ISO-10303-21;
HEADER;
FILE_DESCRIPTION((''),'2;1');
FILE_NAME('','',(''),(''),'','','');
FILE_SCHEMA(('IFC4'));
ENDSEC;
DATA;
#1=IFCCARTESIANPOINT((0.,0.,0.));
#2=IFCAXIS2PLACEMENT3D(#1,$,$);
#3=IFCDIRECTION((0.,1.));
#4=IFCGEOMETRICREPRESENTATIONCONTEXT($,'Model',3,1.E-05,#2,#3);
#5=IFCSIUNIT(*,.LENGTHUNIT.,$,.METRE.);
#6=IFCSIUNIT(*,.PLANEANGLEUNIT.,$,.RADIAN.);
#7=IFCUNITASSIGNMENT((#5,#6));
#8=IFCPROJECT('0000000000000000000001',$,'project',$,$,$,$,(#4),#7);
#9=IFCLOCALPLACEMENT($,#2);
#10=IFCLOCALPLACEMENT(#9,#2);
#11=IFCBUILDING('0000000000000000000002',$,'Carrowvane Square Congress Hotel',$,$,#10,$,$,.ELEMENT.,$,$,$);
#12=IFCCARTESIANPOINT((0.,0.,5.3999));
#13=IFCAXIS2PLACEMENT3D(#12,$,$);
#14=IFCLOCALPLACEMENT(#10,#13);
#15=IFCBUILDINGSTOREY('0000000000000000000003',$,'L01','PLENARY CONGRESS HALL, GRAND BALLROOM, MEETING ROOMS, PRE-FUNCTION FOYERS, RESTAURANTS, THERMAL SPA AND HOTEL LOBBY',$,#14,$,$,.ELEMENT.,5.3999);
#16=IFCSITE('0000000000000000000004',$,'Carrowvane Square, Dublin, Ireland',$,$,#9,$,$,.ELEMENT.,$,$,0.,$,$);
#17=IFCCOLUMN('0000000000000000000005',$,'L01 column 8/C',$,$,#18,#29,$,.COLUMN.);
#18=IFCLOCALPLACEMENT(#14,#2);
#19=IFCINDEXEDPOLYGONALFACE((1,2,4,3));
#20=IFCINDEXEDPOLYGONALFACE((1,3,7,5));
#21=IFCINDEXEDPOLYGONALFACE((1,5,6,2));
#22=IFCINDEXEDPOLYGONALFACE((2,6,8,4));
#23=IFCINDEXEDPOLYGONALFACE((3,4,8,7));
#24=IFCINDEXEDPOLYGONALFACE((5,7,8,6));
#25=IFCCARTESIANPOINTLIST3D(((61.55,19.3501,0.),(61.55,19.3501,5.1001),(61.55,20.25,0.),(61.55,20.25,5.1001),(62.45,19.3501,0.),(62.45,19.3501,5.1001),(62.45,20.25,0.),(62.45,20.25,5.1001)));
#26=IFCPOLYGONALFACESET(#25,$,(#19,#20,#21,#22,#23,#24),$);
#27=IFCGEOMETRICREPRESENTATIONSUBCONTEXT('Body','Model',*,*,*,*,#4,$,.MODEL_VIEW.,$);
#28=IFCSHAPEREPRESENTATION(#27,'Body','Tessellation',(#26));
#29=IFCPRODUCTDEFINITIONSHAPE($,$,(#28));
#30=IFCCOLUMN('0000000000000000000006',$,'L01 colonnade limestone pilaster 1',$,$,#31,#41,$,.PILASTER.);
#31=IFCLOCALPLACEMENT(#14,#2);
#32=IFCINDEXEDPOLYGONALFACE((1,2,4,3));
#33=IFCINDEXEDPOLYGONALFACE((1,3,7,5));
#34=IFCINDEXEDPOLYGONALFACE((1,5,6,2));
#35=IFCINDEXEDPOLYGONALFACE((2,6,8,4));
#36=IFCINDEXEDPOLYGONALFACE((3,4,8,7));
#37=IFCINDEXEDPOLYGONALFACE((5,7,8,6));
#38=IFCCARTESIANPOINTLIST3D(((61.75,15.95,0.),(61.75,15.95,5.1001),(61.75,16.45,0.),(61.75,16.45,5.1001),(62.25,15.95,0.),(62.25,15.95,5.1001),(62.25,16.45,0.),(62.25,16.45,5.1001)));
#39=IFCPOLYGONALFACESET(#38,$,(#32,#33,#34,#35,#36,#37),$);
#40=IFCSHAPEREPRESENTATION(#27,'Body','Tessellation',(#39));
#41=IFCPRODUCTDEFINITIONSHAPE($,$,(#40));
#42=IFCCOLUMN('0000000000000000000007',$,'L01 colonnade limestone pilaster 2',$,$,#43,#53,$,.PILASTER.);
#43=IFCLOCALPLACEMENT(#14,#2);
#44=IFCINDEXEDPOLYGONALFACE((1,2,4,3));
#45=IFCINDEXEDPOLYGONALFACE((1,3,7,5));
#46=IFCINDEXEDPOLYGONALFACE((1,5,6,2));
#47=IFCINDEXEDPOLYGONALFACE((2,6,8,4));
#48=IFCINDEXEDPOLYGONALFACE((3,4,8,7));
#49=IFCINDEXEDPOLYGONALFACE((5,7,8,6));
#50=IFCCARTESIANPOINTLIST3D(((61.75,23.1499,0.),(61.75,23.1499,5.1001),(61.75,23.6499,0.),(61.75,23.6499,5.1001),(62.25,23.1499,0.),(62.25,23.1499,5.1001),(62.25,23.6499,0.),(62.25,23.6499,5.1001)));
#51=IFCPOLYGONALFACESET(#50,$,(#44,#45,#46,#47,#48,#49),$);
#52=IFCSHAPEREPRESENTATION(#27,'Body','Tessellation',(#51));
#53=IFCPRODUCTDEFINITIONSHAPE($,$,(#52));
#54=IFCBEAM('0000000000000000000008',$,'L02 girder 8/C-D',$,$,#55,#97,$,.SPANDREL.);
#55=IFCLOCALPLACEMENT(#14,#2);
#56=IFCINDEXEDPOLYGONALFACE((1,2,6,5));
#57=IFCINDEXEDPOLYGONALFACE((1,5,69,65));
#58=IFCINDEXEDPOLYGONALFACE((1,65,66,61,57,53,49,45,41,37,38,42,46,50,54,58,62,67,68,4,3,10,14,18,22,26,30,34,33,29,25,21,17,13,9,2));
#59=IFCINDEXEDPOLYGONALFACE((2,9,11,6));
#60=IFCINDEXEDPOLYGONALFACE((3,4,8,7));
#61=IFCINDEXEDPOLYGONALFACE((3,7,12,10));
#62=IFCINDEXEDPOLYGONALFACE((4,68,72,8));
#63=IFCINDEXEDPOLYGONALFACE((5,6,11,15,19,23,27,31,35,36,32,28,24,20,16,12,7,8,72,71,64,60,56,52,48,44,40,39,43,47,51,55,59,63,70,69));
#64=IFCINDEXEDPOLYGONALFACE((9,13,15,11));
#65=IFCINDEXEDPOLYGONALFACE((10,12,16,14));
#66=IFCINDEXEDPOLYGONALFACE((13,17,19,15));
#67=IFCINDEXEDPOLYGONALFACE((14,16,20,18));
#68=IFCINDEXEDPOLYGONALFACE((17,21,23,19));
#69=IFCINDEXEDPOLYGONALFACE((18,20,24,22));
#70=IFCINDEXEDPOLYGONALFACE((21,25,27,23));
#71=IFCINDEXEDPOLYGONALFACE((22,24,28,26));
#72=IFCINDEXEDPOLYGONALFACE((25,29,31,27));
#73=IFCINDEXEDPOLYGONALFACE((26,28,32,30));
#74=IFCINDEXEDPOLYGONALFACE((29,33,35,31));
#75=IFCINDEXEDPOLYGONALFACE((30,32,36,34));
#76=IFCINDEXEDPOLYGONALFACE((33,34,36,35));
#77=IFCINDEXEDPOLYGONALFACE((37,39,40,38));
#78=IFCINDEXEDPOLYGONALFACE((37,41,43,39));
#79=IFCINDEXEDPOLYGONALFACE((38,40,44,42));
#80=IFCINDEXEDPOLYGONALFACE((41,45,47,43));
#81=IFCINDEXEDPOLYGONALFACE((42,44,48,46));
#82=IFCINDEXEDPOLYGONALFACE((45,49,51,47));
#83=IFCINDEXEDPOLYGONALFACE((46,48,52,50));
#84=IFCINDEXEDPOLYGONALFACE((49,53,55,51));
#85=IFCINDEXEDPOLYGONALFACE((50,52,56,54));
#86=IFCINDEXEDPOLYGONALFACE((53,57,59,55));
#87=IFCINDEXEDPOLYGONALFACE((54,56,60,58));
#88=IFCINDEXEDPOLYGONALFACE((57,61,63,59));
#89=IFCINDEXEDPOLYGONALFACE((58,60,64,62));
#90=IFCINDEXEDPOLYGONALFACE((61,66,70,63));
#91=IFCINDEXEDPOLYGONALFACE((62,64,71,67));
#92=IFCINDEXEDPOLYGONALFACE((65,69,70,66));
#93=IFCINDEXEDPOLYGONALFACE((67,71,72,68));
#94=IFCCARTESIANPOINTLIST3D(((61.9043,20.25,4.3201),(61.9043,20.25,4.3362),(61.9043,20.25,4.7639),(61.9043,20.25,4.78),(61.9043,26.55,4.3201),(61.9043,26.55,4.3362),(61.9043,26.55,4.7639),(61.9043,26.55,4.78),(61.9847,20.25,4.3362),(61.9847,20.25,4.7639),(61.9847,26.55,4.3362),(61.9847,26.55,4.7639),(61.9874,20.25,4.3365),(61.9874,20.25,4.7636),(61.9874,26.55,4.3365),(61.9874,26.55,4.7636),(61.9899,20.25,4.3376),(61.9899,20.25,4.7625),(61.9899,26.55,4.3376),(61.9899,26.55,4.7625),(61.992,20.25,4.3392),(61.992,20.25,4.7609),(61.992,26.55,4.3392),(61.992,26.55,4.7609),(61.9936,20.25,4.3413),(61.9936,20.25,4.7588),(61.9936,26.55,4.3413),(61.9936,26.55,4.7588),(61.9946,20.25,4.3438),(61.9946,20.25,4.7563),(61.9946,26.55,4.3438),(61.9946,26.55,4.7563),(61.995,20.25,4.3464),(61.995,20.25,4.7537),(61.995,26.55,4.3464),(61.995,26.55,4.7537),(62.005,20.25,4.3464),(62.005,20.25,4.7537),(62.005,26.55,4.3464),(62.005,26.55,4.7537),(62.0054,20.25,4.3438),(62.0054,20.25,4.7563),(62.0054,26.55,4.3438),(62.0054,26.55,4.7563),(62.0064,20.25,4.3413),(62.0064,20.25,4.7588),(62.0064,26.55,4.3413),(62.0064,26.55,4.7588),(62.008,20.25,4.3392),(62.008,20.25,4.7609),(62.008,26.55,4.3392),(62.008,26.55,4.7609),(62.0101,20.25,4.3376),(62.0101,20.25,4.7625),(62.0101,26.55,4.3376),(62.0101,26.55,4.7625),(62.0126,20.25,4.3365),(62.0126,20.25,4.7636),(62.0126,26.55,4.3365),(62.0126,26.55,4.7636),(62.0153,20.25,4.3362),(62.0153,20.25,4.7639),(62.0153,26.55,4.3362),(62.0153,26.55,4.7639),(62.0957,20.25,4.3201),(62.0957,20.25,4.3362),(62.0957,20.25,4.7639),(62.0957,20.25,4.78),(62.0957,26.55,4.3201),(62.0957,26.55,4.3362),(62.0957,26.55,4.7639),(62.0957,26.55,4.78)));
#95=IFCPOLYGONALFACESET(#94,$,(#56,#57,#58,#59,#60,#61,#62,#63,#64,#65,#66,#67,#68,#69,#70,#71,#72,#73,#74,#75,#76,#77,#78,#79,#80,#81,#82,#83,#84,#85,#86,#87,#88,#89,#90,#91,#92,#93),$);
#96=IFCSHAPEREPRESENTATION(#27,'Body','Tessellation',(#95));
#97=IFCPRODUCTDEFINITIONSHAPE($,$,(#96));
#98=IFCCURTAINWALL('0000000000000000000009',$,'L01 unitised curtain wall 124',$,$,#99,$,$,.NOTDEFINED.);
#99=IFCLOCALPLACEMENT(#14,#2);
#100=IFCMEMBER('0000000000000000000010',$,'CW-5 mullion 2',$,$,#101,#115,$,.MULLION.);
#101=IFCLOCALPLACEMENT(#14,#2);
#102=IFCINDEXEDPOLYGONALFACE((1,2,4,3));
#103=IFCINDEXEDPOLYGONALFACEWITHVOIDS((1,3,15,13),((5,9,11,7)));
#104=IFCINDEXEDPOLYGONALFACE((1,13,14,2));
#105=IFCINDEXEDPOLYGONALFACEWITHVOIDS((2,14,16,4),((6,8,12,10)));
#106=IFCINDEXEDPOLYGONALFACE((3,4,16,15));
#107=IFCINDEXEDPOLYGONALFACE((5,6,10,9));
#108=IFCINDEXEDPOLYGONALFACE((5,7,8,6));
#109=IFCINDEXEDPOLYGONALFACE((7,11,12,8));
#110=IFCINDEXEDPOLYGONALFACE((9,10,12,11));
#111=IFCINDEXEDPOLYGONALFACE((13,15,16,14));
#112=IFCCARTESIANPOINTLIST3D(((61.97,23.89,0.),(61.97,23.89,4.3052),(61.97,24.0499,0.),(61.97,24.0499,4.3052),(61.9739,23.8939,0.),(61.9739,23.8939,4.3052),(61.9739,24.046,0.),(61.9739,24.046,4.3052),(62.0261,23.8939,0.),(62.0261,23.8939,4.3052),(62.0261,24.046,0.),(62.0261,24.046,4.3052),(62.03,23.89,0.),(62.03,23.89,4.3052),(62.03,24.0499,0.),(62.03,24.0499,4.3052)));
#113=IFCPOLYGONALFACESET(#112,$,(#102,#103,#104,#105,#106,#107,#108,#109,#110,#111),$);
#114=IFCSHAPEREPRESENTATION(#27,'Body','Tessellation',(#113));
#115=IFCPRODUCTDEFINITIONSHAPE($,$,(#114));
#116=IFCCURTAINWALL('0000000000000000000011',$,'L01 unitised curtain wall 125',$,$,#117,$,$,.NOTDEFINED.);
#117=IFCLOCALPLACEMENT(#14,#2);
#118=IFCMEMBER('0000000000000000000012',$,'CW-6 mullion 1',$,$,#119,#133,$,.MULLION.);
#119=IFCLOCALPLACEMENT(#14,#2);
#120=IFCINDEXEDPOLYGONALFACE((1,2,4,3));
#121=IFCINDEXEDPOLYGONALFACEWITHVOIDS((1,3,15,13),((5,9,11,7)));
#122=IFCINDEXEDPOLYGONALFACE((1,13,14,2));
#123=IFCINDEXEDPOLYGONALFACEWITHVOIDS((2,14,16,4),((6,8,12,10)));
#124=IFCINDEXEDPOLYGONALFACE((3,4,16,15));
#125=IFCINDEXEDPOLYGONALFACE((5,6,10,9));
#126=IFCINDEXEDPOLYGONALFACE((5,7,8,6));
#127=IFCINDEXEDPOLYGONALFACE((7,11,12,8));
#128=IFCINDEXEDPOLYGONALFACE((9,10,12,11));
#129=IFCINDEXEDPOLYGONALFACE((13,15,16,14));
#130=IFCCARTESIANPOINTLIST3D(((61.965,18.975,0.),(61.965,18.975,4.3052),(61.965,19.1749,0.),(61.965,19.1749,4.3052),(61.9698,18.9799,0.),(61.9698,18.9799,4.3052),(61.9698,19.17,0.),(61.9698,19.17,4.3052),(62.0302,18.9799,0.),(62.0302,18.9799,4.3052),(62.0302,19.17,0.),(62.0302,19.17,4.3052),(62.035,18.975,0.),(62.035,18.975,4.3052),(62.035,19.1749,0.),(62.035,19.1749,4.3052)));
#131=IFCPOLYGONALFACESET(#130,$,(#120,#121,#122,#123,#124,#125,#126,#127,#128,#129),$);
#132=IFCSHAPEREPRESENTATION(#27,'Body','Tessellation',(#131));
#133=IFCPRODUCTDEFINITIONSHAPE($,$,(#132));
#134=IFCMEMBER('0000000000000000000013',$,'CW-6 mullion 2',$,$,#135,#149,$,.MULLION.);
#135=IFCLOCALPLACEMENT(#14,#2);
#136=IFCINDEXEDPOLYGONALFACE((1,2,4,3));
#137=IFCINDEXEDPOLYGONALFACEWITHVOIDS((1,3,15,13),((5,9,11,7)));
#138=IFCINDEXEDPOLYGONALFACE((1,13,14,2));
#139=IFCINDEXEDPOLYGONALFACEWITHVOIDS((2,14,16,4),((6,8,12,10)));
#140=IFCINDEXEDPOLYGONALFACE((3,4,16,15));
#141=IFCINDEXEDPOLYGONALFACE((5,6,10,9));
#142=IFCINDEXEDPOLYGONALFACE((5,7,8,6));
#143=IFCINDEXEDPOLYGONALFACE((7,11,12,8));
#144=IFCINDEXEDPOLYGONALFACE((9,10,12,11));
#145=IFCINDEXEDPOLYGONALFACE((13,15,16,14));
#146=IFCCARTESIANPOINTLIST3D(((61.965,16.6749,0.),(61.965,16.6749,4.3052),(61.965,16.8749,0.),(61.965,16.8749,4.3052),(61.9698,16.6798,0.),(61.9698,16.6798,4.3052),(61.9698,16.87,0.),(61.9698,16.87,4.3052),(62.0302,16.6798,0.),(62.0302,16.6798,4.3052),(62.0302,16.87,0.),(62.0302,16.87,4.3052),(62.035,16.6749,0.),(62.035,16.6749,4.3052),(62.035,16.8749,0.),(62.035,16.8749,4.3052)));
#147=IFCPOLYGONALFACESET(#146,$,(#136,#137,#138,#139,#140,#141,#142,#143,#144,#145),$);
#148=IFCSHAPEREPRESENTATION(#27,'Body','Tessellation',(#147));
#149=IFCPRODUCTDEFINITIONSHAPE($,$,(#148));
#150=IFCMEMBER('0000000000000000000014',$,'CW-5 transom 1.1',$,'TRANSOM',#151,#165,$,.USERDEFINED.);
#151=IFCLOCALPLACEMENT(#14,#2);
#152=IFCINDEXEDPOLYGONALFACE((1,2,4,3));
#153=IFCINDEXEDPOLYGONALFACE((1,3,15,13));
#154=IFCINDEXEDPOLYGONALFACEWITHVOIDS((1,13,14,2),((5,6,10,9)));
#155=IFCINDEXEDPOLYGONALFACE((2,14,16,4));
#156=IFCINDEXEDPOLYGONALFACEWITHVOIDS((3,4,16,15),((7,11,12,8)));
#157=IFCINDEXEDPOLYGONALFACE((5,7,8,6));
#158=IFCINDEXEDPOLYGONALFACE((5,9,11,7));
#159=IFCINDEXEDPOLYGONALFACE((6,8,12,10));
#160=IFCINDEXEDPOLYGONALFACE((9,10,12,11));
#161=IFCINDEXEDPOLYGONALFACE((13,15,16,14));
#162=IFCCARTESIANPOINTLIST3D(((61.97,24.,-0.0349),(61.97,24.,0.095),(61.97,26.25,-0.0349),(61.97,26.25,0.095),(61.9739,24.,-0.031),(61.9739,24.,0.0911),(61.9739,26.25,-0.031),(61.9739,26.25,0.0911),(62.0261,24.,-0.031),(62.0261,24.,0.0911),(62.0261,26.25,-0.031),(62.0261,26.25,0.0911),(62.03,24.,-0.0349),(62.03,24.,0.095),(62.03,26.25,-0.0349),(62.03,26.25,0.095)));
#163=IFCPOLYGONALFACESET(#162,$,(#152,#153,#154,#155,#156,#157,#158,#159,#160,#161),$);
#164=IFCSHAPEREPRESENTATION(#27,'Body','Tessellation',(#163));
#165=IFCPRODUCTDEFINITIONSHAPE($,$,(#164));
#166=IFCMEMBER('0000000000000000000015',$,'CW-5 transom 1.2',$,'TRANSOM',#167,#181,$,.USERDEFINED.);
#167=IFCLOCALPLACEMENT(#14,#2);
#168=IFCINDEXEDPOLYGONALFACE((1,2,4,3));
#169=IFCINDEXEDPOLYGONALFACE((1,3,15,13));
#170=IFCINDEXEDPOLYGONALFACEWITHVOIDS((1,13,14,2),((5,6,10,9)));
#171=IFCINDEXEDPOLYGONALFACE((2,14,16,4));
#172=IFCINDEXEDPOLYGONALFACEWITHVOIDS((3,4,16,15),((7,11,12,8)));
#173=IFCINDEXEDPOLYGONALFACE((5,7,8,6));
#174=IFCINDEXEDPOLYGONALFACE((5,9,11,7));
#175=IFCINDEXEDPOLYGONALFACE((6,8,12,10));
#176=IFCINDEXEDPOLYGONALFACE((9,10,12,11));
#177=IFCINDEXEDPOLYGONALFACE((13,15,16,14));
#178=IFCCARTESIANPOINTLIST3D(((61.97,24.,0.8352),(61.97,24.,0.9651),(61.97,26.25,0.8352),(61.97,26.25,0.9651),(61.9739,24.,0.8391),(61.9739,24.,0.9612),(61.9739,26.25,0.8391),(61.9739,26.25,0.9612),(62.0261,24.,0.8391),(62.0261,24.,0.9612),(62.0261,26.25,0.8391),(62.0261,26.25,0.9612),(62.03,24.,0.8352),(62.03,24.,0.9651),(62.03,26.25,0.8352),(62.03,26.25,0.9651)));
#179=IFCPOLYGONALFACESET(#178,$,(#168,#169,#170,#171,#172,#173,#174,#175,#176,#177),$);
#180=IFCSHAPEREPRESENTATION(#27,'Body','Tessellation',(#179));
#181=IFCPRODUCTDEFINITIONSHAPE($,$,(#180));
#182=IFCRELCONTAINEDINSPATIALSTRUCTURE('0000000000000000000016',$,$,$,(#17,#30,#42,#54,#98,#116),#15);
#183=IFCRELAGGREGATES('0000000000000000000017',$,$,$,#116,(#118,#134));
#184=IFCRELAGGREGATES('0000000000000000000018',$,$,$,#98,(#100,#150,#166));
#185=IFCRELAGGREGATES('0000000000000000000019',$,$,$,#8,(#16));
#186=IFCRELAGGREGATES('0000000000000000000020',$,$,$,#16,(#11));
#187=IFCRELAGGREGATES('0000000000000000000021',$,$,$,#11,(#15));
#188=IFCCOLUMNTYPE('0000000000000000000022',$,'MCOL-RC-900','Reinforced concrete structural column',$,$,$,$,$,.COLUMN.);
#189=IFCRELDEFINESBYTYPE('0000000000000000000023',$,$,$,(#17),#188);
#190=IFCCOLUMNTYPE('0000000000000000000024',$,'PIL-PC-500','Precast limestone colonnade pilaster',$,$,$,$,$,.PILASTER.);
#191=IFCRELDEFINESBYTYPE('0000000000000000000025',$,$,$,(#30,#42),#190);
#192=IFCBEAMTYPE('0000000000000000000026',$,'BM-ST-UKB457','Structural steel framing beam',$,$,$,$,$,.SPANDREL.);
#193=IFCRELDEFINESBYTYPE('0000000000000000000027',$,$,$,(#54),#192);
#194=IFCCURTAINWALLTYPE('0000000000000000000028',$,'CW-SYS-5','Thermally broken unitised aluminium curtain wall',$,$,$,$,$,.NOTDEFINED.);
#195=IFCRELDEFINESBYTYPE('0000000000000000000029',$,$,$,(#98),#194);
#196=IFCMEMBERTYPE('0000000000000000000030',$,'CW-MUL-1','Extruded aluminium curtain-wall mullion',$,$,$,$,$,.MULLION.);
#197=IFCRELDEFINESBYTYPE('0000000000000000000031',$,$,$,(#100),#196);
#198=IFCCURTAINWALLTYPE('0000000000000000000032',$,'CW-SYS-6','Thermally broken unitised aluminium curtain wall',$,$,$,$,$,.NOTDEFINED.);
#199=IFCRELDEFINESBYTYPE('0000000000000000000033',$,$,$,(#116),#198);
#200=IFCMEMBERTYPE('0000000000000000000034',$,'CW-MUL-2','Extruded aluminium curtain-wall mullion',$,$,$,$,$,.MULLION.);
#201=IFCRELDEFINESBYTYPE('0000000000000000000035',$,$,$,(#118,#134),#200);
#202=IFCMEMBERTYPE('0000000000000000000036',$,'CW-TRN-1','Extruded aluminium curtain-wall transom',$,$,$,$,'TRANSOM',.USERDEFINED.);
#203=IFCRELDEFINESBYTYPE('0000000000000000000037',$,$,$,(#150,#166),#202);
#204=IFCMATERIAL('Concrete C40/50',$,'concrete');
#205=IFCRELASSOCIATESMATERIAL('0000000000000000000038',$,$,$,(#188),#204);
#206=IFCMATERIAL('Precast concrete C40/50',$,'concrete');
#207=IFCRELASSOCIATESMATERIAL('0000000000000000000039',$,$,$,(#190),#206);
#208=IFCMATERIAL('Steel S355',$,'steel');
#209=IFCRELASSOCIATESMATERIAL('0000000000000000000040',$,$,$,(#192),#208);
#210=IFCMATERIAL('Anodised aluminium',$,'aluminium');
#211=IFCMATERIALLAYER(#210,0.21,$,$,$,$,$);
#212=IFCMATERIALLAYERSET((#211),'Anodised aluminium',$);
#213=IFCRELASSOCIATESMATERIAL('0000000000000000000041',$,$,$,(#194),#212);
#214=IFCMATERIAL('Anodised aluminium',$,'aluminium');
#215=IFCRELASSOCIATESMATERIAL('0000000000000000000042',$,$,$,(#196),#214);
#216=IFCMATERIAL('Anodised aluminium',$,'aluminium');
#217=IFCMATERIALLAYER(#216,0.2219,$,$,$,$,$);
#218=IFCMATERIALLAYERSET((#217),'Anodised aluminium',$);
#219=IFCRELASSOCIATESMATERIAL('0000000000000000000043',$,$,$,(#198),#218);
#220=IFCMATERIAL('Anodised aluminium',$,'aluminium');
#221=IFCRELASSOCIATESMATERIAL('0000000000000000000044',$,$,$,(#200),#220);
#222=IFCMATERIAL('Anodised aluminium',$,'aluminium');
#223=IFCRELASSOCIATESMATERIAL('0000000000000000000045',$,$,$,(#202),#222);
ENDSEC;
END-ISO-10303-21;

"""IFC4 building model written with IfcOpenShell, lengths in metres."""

from ifc_helpers import new_model, si_unit, direction, frame, origin, origin_2d, place, context, subcontext, project, spatial, rectangle, hollow_rectangle, i_section, extrude, material, layer, layer_set, material_profile, profile_set, type_object, element, aggregate, save


model = new_model("IFC4")

# Units and contexts
model_context = context("Model", 3, precision=1e-05, world=origin(), true_north=direction((0.0, 1.0)))
body_context = subcontext(model_context, "Body", "Model", "MODEL_VIEW")
ifc_project = project(units=[si_unit("LENGTHUNIT", "METRE"), si_unit("PLANEANGLEUNIT", "RADIAN")], contexts=[model_context])

# Site, building, storey
site_placement = place(None, origin())
site = spatial("IfcSite", under=ifc_project, at=site_placement, Name="Carrowvane Square, Dublin, Ireland", CompositionType="ELEMENT", RefElevation=0.0)
building_placement = place(site_placement, origin())
building = spatial("IfcBuilding", under=site, at=building_placement, Name="Carrowvane Square Congress Hotel", CompositionType="ELEMENT")
storey_placement = place(building_placement, frame((0.0, 0.0, 5.3999)))
storey = spatial("IfcBuildingStorey", under=building, at=storey_placement, Name="L01", Description="PLENARY CONGRESS HALL, GRAND BALLROOM, MEETING ROOMS, PRE-FUNCTION FOYERS, RESTAURANTS, THERMAL SPA AND HOTEL LOBBY", CompositionType="ELEMENT", Elevation=5.3999)

# Columns
ifc_material_1 = material(Name="Concrete C40/50", Category="concrete")
ifc_material_profile_1 = material_profile(ifc_material_1, rectangle(XDim=0.8999, YDim=0.8999, at=origin_2d()), Name="RC 900x900")
ifc_profile_set_1 = profile_set([ifc_material_profile_1], Name="Concrete C40/50")
column_type_1 = type_object("IfcColumnType", Name="MCOL-RC-900", Description="Reinforced concrete structural column", PredefinedType="COLUMN", material=ifc_profile_set_1)
column_placement = place(storey_placement, frame((62.0, 19.8, 0.0), z_axis=(0.0, 0.0, 1.0), x_axis=(1.0, 0.0, 0.0)))
element("IfcColumn", 1, at=column_placement, inside=storey, type_object=column_type_1, Name="L01 column 8/C", PredefinedType="COLUMN", context=body_context, shape_type="SweptSolid", body=[
    extrude(rectangle(XDim=0.8999, YDim=0.8999, at=origin_2d()), origin(), (0.0, 0.0, 1.0), 5.1001),
])
ifc_material_2 = material(Name="Precast concrete C40/50", Category="concrete")
ifc_material_profile_2 = material_profile(ifc_material_2, rectangle(XDim=0.5, YDim=0.5, at=origin_2d()), Name="RC 500x500")
ifc_profile_set_2 = profile_set([ifc_material_profile_2], Name="Precast concrete C40/50")
column_type_2 = type_object("IfcColumnType", Name="PIL-PC-500", Description="Precast limestone colonnade pilaster", PredefinedType="PILASTER", material=ifc_profile_set_2)
for number, where, z_axis, x_axis, name in (
    (2, (62.0, 16.2, 0.0), (0.0, 0.0, 1.0), (1.0, 0.0, 0.0), "L01 colonnade limestone pilaster 1"),
    (3, (62.0, 23.3999, 0.0), (0.0, 0.0, 1.0), (1.0, 0.0, 0.0), "L01 colonnade limestone pilaster 2"),
):
    element("IfcColumn", number, at=place(storey_placement, frame(where, z_axis=z_axis, x_axis=x_axis)), inside=storey, type_object=column_type_2, Name=name, PredefinedType="PILASTER", context=body_context, shape_type="SweptSolid", body=[
        extrude(rectangle(XDim=0.5, YDim=0.5, at=origin_2d()), origin(), (0.0, 0.0, 1.0), 5.1001),
    ])

# Beam
ifc_material_3 = material(Name="Steel S355", Category="steel")
ifc_material_profile_3 = material_profile(ifc_material_3, i_section(OverallWidth=0.1914, OverallDepth=0.46, WebThickness=0.01, FlangeThickness=0.0161, FilletRadius=0.0103, at=origin_2d()), Name="UKB 457x191x82")
ifc_profile_set_3 = profile_set([ifc_material_profile_3], Name="Steel S355")
beam_type = type_object("IfcBeamType", Name="BM-ST-UKB457", Description="Structural steel framing beam", PredefinedType="SPANDREL", material=ifc_profile_set_3)
beam_placement = place(storey_placement, frame((62.0, 20.25, 4.55), z_axis=(0.0, 1.0, 0.0), x_axis=(-1.0, 0.0, 0.0)))
element("IfcBeam", 4, at=beam_placement, inside=storey, type_object=beam_type, Name="L02 girder 8/C-D", PredefinedType="SPANDREL", context=body_context, shape_type="SweptSolid", body=[
    extrude(i_section(OverallWidth=0.1914, OverallDepth=0.46, WebThickness=0.01, FlangeThickness=0.0161, FilletRadius=0.0103, at=origin_2d()), origin(), (0.0, 0.0, 1.0), 6.3),
])

# Curtain wall, member
ifc_material_4 = material(Name="Anodised aluminium", Category="aluminium")
ifc_layer_1 = layer(ifc_material_4, 0.21)
ifc_layer_set_1 = layer_set([ifc_layer_1], Name="Anodised aluminium")
curtain_wall_type_1 = type_object("IfcCurtainWallType", Name="CW-SYS-5", Description="Thermally broken unitised aluminium curtain wall", PredefinedType="NOTDEFINED", material=ifc_layer_set_1)
curtain_wall_1_placement = place(storey_placement, origin())
curtain_wall_1 = element("IfcCurtainWall", 5, at=curtain_wall_1_placement, inside=storey, type_object=curtain_wall_type_1, Name="L01 unitised curtain wall 124", PredefinedType="NOTDEFINED")
ifc_material_5 = material(Name="Anodised aluminium", Category="aluminium")
ifc_material_profile_4 = material_profile(ifc_material_5, hollow_rectangle(XDim=0.0601, YDim=0.1599, WallThickness=0.0039, at=origin_2d()), Name="CW-ML 60x160x4")
ifc_profile_set_4 = profile_set([ifc_material_profile_4], Name="Anodised aluminium")
member_type_1 = type_object("IfcMemberType", Name="CW-MUL-1", Description="Extruded aluminium curtain-wall mullion", PredefinedType="MULLION", material=ifc_profile_set_4)
member_1_placement = place(storey_placement, frame((62.0, 23.97, 0.0), z_axis=(0.0, 0.0, 1.0), x_axis=(1.0, 0.0, 0.0)))
member_1 = element("IfcMember", 6, at=member_1_placement, type_object=member_type_1, Name="CW-5 mullion 2", PredefinedType="MULLION", context=body_context, shape_type="SweptSolid", body=[
    extrude(hollow_rectangle(XDim=0.0601, YDim=0.1599, WallThickness=0.0039, at=origin_2d()), origin(), (0.0, 0.0, 1.0), 4.3052),
])

# Curtain wall, members
ifc_material_6 = material(Name="Anodised aluminium", Category="aluminium")
ifc_layer_2 = layer(ifc_material_6, 0.2219)
ifc_layer_set_2 = layer_set([ifc_layer_2], Name="Anodised aluminium")
curtain_wall_type_2 = type_object("IfcCurtainWallType", Name="CW-SYS-6", Description="Thermally broken unitised aluminium curtain wall", PredefinedType="NOTDEFINED", material=ifc_layer_set_2)
curtain_wall_2_placement = place(storey_placement, origin())
curtain_wall_2 = element("IfcCurtainWall", 7, at=curtain_wall_2_placement, inside=storey, type_object=curtain_wall_type_2, Name="L01 unitised curtain wall 125", PredefinedType="NOTDEFINED")
ifc_material_7 = material(Name="Anodised aluminium", Category="aluminium")
ifc_material_profile_5 = material_profile(ifc_material_7, hollow_rectangle(XDim=0.0701, YDim=0.2, WallThickness=0.0049, at=origin_2d()), Name="CW-ML 70x200x5")
ifc_profile_set_5 = profile_set([ifc_material_profile_5], Name="Anodised aluminium")
member_type_2 = type_object("IfcMemberType", Name="CW-MUL-2", Description="Extruded aluminium curtain-wall mullion", PredefinedType="MULLION", material=ifc_profile_set_5)
member_2_placement = place(storey_placement, frame((62.0, 19.075, 0.0), z_axis=(0.0, 0.0, 1.0), x_axis=(1.0, 0.0, 0.0)))
member_2 = element("IfcMember", 8, at=member_2_placement, type_object=member_type_2, Name="CW-6 mullion 1", PredefinedType="MULLION", context=body_context, shape_type="SweptSolid", body=[
    extrude(hollow_rectangle(XDim=0.0701, YDim=0.2, WallThickness=0.0049, at=origin_2d()), origin(), (0.0, 0.0, 1.0), 4.3052),
])
member_3_placement = place(storey_placement, frame((62.0, 16.7749, 0.0), z_axis=(0.0, 0.0, 1.0), x_axis=(1.0, 0.0, 0.0)))
member_3 = element("IfcMember", 9, at=member_3_placement, type_object=member_type_2, Name="CW-6 mullion 2", PredefinedType="MULLION", context=body_context, shape_type="SweptSolid", body=[
    extrude(hollow_rectangle(XDim=0.0701, YDim=0.2, WallThickness=0.0049, at=origin_2d()), origin(), (0.0, 0.0, 1.0), 4.3052),
])

# Members
ifc_material_8 = material(Name="Anodised aluminium", Category="aluminium")
ifc_material_profile_6 = material_profile(ifc_material_8, hollow_rectangle(XDim=0.0601, YDim=0.1299, WallThickness=0.0039, at=origin_2d()), Name="CW-TR 60x130x4")
ifc_profile_set_6 = profile_set([ifc_material_profile_6], Name="Anodised aluminium")
member_type_3 = type_object("IfcMemberType", Name="CW-TRN-1", Description="Extruded aluminium curtain-wall transom", ElementType="TRANSOM", PredefinedType="USERDEFINED", material=ifc_profile_set_6)
member_4_placement = place(storey_placement, frame((62.0, 26.25, 0.03), z_axis=(0.0, -1.0, 0.0), x_axis=(1.0, 0.0, 0.0)))
member_4 = element("IfcMember", 10, at=member_4_placement, type_object=member_type_3, Name="CW-5 transom 1.1", ObjectType="TRANSOM", PredefinedType="USERDEFINED", context=body_context, shape_type="SweptSolid", body=[
    extrude(hollow_rectangle(XDim=0.0601, YDim=0.1299, WallThickness=0.0039, at=origin_2d()), origin(), (0.0, 0.0, 1.0), 2.25),
])
member_5_placement = place(storey_placement, frame((62.0, 26.25, 0.9001), z_axis=(0.0, -1.0, 0.0), x_axis=(1.0, 0.0, 0.0)))
member_5 = element("IfcMember", 11, at=member_5_placement, type_object=member_type_3, Name="CW-5 transom 1.2", ObjectType="TRANSOM", PredefinedType="USERDEFINED", context=body_context, shape_type="SweptSolid", body=[
    extrude(hollow_rectangle(XDim=0.0601, YDim=0.1299, WallThickness=0.0039, at=origin_2d()), origin(), (0.0, 0.0, 1.0), 2.25),
])

aggregate(curtain_wall_2, [member_2, member_3])
aggregate(curtain_wall_1, [member_1, member_4, member_5])

save(model, "model.ifc")
